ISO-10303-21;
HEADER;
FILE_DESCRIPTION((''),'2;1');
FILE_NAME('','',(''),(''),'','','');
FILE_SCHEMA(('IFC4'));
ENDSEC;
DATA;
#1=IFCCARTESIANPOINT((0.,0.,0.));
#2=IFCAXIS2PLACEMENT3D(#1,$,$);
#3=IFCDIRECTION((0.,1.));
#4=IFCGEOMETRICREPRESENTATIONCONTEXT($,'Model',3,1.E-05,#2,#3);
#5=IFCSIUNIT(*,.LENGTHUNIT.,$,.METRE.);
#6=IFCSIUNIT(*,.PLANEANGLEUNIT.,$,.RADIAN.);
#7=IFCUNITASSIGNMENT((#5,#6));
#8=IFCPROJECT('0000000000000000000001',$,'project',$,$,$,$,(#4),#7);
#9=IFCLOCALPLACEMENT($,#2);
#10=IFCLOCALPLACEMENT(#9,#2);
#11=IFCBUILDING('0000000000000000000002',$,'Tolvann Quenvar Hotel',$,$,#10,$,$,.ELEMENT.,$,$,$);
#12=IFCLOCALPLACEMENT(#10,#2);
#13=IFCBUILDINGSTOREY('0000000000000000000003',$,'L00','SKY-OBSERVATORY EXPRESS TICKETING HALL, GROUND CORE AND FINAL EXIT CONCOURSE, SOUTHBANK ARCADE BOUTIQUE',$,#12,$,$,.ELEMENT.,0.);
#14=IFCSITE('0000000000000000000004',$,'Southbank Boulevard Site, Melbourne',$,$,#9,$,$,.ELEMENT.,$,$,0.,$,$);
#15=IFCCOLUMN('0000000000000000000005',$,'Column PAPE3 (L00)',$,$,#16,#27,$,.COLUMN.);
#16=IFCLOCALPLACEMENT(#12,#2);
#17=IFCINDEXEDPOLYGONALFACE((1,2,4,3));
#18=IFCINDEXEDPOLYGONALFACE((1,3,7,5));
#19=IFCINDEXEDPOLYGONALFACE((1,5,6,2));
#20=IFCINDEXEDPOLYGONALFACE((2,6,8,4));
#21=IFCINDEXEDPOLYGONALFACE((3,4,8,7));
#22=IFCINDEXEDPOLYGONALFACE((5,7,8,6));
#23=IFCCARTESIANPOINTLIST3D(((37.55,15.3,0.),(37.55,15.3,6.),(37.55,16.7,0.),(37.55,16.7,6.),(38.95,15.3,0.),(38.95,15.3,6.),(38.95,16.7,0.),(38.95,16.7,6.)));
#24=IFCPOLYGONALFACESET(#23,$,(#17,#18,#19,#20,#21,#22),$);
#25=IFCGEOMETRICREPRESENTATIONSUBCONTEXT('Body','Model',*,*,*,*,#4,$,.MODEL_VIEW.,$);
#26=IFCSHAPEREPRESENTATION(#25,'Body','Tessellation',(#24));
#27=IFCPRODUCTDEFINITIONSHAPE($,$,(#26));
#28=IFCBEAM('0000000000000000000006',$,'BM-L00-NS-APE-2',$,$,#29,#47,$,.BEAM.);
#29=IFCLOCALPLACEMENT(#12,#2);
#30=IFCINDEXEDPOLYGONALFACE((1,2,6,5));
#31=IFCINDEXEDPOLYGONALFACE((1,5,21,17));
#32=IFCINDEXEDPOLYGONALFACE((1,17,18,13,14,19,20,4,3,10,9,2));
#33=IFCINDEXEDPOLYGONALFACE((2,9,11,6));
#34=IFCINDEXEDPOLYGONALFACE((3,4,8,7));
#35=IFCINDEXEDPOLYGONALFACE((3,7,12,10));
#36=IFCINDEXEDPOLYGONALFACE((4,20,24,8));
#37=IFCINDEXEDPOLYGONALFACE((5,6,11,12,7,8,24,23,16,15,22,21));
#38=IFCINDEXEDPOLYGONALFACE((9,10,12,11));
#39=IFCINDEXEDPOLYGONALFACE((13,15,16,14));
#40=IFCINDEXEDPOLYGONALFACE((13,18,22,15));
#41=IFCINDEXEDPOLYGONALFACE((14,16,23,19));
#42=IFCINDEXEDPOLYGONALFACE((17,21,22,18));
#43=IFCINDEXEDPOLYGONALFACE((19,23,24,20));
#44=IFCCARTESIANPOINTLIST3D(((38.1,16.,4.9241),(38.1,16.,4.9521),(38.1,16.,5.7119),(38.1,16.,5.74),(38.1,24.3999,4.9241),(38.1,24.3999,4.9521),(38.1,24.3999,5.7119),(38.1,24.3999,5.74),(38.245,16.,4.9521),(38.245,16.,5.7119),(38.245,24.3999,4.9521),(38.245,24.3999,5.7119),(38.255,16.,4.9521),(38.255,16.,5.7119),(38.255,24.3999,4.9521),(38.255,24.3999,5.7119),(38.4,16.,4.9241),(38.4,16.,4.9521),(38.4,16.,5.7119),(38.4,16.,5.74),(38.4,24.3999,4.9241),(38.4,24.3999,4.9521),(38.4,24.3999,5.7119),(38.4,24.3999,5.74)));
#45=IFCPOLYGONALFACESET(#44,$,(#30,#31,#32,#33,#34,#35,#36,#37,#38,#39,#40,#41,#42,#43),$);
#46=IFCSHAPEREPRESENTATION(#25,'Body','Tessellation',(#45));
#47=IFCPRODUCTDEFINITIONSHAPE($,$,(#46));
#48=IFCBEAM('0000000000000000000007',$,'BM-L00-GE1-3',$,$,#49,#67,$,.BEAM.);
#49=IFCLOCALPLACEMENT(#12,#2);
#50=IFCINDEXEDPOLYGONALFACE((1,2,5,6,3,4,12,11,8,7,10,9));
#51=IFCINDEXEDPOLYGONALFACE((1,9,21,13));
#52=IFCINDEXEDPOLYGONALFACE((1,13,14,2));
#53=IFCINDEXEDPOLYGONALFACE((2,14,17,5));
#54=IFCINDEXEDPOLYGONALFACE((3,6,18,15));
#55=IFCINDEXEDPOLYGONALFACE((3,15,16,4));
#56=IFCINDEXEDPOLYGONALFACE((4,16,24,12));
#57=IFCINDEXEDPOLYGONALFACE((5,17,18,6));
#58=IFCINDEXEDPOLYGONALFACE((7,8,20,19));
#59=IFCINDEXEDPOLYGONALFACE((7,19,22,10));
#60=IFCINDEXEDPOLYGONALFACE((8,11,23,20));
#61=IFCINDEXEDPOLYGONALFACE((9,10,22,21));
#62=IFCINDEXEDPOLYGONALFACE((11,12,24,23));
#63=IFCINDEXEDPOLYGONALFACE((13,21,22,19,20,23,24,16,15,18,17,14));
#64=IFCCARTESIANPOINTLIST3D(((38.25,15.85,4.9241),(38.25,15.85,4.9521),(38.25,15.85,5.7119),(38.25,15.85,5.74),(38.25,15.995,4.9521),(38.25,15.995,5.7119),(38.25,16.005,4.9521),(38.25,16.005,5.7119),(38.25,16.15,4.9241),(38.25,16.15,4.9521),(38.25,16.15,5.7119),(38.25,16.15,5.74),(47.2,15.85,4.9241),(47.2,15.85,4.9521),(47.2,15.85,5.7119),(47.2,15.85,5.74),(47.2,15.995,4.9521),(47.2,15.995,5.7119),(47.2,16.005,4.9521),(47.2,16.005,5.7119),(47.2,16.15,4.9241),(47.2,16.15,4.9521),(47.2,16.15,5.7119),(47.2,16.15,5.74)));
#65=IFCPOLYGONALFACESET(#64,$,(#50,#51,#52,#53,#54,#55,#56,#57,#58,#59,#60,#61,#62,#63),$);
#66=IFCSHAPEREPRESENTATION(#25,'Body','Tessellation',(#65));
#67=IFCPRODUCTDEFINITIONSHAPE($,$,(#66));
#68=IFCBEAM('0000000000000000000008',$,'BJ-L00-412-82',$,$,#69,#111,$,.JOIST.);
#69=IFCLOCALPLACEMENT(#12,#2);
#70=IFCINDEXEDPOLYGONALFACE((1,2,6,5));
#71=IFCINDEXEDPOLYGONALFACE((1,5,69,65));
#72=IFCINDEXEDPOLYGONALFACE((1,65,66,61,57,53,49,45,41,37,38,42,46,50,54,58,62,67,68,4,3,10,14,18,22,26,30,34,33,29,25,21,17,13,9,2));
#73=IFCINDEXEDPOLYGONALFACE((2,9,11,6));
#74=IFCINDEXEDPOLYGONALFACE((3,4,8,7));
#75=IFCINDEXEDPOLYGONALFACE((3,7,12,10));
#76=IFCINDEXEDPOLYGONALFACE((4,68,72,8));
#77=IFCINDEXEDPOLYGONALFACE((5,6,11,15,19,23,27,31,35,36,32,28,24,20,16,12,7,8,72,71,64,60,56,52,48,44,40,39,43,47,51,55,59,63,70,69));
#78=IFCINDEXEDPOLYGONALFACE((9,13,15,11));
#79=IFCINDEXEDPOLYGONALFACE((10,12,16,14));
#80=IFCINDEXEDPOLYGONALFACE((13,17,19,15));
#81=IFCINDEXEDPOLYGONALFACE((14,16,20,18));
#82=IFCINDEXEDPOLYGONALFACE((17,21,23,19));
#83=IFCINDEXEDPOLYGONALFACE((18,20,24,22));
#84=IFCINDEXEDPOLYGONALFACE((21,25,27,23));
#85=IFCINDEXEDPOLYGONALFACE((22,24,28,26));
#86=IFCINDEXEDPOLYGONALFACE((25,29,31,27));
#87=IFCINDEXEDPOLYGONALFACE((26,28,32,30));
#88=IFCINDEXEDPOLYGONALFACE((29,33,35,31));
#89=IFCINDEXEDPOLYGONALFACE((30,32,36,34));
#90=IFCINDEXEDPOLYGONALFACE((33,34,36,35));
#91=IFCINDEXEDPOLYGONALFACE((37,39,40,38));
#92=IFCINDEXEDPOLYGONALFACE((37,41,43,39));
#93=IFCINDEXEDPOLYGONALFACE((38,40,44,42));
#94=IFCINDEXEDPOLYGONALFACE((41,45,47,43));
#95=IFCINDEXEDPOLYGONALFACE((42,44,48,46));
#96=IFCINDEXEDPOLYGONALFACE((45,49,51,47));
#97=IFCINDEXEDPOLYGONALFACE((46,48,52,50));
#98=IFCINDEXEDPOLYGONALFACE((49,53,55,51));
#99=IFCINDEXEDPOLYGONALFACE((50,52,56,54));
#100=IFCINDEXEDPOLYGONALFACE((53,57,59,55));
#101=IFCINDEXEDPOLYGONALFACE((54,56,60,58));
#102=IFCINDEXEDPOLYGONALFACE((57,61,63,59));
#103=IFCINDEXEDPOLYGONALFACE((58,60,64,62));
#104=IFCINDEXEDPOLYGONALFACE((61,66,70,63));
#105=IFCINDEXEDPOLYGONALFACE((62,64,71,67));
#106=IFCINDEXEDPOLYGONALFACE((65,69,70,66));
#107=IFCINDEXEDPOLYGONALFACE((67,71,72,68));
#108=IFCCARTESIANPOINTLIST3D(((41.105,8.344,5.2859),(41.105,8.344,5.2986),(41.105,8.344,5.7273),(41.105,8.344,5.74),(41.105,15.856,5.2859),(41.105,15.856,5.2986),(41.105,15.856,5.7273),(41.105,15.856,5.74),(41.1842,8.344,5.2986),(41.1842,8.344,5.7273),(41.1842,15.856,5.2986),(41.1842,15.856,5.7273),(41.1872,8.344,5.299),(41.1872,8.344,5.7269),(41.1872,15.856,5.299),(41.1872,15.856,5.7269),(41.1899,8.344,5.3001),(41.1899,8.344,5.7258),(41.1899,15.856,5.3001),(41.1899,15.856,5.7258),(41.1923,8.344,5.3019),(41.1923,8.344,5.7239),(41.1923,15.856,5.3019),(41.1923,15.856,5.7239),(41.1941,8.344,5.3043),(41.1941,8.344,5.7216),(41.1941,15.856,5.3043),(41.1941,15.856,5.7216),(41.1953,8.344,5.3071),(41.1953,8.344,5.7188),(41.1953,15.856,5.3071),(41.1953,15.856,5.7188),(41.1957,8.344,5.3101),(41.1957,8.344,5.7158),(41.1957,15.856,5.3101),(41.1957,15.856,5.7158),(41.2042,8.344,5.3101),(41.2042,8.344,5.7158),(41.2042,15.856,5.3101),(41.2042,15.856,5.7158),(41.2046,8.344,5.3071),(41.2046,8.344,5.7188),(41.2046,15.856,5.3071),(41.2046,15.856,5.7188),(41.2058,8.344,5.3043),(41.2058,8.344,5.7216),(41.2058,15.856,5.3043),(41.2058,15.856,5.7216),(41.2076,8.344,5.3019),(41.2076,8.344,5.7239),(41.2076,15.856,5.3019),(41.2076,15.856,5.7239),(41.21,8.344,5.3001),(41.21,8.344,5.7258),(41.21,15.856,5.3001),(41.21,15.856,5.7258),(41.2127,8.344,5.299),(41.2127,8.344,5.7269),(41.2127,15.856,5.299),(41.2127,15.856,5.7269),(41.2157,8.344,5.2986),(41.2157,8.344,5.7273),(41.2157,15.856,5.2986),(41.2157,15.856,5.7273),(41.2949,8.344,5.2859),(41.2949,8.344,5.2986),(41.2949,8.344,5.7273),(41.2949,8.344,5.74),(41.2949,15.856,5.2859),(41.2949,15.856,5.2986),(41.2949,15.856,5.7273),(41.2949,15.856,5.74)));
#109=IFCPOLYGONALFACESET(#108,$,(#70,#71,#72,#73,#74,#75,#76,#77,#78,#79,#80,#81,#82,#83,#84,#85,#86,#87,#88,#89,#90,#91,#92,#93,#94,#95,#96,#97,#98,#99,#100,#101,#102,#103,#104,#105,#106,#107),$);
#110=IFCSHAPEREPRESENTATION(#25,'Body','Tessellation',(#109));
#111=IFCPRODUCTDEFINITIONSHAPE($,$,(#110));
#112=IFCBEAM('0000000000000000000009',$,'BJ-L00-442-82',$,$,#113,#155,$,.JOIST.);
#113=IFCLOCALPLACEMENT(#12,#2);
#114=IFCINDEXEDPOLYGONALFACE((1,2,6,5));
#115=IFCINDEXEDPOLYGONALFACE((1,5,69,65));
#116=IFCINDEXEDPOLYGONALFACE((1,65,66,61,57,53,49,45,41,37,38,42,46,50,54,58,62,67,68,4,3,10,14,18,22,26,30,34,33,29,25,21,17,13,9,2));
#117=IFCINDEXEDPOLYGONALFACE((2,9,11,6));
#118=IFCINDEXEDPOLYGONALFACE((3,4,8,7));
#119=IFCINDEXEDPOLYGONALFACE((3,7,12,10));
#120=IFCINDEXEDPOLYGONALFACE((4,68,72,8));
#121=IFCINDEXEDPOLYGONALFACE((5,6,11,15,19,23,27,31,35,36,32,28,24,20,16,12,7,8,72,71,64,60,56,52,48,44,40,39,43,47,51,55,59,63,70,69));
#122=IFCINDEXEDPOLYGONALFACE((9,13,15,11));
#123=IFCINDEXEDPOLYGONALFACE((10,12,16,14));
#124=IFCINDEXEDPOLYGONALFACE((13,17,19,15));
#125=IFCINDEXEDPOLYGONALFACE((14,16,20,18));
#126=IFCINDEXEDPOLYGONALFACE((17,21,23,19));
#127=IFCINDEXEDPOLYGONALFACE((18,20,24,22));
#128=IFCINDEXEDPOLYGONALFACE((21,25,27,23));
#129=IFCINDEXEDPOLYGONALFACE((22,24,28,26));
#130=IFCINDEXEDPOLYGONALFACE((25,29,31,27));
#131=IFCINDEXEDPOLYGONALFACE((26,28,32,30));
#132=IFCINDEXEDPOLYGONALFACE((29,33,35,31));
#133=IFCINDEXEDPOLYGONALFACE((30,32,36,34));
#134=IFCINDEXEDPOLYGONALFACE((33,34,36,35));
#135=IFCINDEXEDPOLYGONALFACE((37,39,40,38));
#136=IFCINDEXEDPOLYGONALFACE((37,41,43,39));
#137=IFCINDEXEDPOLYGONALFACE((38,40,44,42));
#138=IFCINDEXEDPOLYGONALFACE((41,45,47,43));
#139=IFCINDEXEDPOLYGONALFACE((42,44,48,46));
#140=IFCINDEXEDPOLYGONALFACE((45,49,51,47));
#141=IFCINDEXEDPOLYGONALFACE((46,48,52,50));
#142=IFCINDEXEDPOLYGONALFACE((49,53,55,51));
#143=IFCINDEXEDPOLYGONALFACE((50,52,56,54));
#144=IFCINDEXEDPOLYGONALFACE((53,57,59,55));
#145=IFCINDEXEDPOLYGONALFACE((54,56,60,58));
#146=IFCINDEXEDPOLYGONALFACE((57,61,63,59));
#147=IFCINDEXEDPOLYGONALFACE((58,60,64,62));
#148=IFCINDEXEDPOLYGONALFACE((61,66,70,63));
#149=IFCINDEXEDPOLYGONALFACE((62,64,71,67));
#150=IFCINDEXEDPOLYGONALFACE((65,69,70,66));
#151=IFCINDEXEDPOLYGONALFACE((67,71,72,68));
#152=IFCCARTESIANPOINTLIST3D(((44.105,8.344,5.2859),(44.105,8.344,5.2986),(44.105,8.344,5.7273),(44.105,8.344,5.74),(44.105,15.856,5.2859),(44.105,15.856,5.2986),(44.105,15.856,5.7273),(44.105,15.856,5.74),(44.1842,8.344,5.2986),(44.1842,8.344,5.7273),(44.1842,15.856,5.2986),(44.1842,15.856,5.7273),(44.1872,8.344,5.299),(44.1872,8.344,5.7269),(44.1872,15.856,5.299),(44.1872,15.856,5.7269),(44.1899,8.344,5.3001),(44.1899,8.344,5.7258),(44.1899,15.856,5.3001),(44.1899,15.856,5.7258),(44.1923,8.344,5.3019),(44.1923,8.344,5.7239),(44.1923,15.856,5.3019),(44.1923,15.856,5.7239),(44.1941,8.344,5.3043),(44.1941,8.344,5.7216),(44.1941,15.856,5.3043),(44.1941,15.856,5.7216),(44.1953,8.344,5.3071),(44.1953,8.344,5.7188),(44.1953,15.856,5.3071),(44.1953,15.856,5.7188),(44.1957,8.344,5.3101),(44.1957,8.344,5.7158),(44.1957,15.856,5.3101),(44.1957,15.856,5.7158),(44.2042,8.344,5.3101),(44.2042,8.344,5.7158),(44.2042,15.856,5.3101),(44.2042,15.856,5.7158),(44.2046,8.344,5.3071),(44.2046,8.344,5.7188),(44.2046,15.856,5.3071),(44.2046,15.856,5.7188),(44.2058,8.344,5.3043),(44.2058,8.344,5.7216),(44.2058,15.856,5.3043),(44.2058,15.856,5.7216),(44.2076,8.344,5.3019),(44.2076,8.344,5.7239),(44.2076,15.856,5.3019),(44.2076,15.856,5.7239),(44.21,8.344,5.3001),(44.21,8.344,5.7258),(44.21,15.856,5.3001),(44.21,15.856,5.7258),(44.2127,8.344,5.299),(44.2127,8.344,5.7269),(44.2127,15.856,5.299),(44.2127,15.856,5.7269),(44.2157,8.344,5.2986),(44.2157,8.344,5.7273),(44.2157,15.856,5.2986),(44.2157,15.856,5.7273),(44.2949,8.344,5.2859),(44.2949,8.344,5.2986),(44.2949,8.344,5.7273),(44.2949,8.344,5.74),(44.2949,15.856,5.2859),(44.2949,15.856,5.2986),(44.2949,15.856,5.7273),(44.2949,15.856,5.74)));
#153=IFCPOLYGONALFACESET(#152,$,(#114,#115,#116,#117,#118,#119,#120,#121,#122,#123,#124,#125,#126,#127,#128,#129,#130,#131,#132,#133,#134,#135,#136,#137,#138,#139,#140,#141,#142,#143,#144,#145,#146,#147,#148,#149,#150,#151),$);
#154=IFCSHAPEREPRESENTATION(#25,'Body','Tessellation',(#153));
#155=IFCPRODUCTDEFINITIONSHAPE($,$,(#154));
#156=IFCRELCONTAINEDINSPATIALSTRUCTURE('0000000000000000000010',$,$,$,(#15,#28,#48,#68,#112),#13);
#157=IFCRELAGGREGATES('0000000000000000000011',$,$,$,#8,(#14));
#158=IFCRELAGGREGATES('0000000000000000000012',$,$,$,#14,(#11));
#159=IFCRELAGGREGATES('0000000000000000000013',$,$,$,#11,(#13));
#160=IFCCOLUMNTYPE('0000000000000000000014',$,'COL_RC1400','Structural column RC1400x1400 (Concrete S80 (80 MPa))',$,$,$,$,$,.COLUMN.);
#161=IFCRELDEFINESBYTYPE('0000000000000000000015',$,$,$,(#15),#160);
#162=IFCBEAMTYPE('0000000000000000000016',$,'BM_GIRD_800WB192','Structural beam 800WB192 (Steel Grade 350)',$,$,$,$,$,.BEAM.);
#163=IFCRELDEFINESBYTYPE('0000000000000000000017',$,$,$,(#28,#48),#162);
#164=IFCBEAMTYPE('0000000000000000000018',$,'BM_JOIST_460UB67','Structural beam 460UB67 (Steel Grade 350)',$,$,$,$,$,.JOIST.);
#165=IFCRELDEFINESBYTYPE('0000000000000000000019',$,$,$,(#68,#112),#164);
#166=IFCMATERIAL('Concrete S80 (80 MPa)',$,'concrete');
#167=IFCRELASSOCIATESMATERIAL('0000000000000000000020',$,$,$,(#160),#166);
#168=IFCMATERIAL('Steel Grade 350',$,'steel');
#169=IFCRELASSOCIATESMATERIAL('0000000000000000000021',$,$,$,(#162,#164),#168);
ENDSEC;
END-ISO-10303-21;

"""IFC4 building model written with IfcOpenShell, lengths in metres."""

from ifc_helpers import new_model, si_unit, direction, frame, origin, origin_2d, place, context, subcontext, project, spatial, rectangle, i_section, extrude, source, transform, mapped, material, material_profile, profile_set, type_object, type_shapes, element, save


model = new_model("IFC4")

# Units and contexts
model_context = context("Model", 3, precision=1e-05, world=origin(), true_north=direction((0.0, 1.0)))
body_context = subcontext(model_context, "Body", "Model", "MODEL_VIEW")
ifc_project = project(units=[si_unit("LENGTHUNIT", "METRE"), si_unit("PLANEANGLEUNIT", "RADIAN")], contexts=[model_context])

# Site, building, storey
site_placement = place(None, origin())
site = spatial("IfcSite", under=ifc_project, at=site_placement, Name="Southbank Boulevard Site, Melbourne", CompositionType="ELEMENT", RefElevation=0.0)
building_placement = place(site_placement, origin())
building = spatial("IfcBuilding", under=site, at=building_placement, Name="Tolvann Quenvar Hotel", CompositionType="ELEMENT")
storey_placement = place(building_placement, origin())
storey = spatial("IfcBuildingStorey", under=building, at=storey_placement, Name="L00", Description="SKY-OBSERVATORY EXPRESS TICKETING HALL, GROUND CORE AND FINAL EXIT CONCOURSE, SOUTHBANK ARCADE BOUTIQUE", CompositionType="ELEMENT", Elevation=0.0)

# Column
ifc_material_1 = material(Name="Concrete S80 (80 MPa)", Category="concrete")
ifc_material_profile_1 = material_profile(ifc_material_1, rectangle(XDim=1.3999, YDim=1.3999, at=origin_2d()), Name="RC1400x1400")
ifc_profile_set_1 = profile_set([ifc_material_profile_1], Name="Concrete S80 (80 MPa)")
column_type = type_object("IfcColumnType", Name="COL_RC1400", Description="Structural column RC1400x1400 (Concrete S80 (80 MPa))", PredefinedType="COLUMN", material=ifc_profile_set_1)
shared_shape_1 = source(origin(), body_context, "Body", "SweptSolid", [
    extrude(rectangle(XDim=1.3999, YDim=1.3999, at=origin_2d()), origin(), (0.0, 0.0, 1.0), 6.0),
])
type_shapes(column_type, [shared_shape_1])
column_placement = place(storey_placement, frame((38.25, 16.0, 0.0), z_axis=(0.0, 0.0, 1.0), x_axis=(1.0, 0.0, 0.0)))
element("IfcColumn", 1, at=column_placement, inside=storey, type_object=column_type, Name="Column PAPE3 (L00)", PredefinedType="COLUMN", context=body_context, shape_type="MappedRepresentation", body=[
    mapped(shared_shape_1, transform((0.0, 0.0, 0.0), x_axis=(1.0, 0.0, 0.0), y_axis=(0.0, 1.0, 0.0), z_axis=(0.0, 0.0, 1.0), scale=1.0)),
])

# Beams
ifc_material_2 = material(Name="Steel Grade 350", Category="steel")
ifc_material_profile_2 = material_profile(ifc_material_2, i_section(OverallWidth=0.3, OverallDepth=0.8159, WebThickness=0.01, FlangeThickness=0.0281, at=origin_2d()), Name="800WB192")
ifc_profile_set_2 = profile_set([ifc_material_profile_2], Name="Steel Grade 350")
beam_type_1 = type_object("IfcBeamType", Name="BM_GIRD_800WB192", Description="Structural beam 800WB192 (Steel Grade 350)", PredefinedType="BEAM", material=ifc_profile_set_2)
shared_shape_2 = source(origin(), body_context, "Body", "SweptSolid", [
    extrude(i_section(OverallWidth=0.3, OverallDepth=0.8159, WebThickness=0.01, FlangeThickness=0.0281, at=origin_2d()), origin(), (0.0, 0.0, 1.0), 8.3999),
])
beam_1_placement = place(storey_placement, frame((38.25, 16.0, 5.332), z_axis=(0.0, 1.0, 0.0), x_axis=(-1.0, 0.0, 0.0)))
element("IfcBeam", 2, at=beam_1_placement, inside=storey, type_object=beam_type_1, Name="BM-L00-NS-APE-2", PredefinedType="BEAM", context=body_context, shape_type="MappedRepresentation", body=[
    mapped(shared_shape_2, transform((0.0, 0.0, 0.0), x_axis=(1.0, 0.0, 0.0), y_axis=(0.0, 1.0, 0.0), z_axis=(0.0, 0.0, 1.0), scale=1.0)),
])
shared_shape_3 = source(origin(), body_context, "Body", "SweptSolid", [
    extrude(i_section(OverallWidth=0.3, OverallDepth=0.8159, WebThickness=0.01, FlangeThickness=0.0281, at=origin_2d()), origin(), (0.0, 0.0, 1.0), 8.95),
])
type_shapes(beam_type_1, [shared_shape_2, shared_shape_3])
beam_2_placement = place(storey_placement, frame((38.25, 16.0, 5.332), z_axis=(1.0, 0.0, 0.0), x_axis=(0.0, 1.0, 0.0)))
element("IfcBeam", 3, at=beam_2_placement, inside=storey, type_object=beam_type_1, Name="BM-L00-GE1-3", PredefinedType="BEAM", context=body_context, shape_type="MappedRepresentation", body=[
    mapped(shared_shape_3, transform((0.0, 0.0, 0.0), x_axis=(1.0, 0.0, 0.0), y_axis=(0.0, 1.0, 0.0), z_axis=(0.0, 0.0, 1.0), scale=1.0)),
])
ifc_material_profile_3 = material_profile(ifc_material_2, i_section(OverallWidth=0.1899, OverallDepth=0.4541, WebThickness=0.0085, FlangeThickness=0.0127, FilletRadius=0.0115, at=origin_2d()), Name="460UB67")
ifc_profile_set_3 = profile_set([ifc_material_profile_3], Name="Steel Grade 350")
beam_type_2 = type_object("IfcBeamType", Name="BM_JOIST_460UB67", Description="Structural beam 460UB67 (Steel Grade 350)", PredefinedType="JOIST", material=ifc_profile_set_3)
shared_shape_4 = source(origin(), body_context, "Body", "SweptSolid", [
    extrude(i_section(OverallWidth=0.1899, OverallDepth=0.4541, WebThickness=0.0085, FlangeThickness=0.0127, FilletRadius=0.0115, at=origin_2d()), origin(), (0.0, 0.0, 1.0), 7.512),
])
for number, where, z_axis, x_axis, name in (
    (4, (41.2, 8.344, 5.5129), (0.0, 1.0, 0.0), (-1.0, 0.0, 0.0), "BJ-L00-412-82"),
    (5, (44.2, 8.344, 5.5129), (0.0, 1.0, 0.0), (-1.0, 0.0, 0.0), "BJ-L00-442-82"),
):
    element("IfcBeam", number, at=place(storey_placement, frame(where, z_axis=z_axis, x_axis=x_axis)), inside=storey, type_object=beam_type_2, Name=name, PredefinedType="JOIST", context=body_context, shape_type="MappedRepresentation", body=[
        mapped(shared_shape_4, transform((0.0, 0.0, 0.0), x_axis=(1.0, 0.0, 0.0), y_axis=(0.0, 1.0, 0.0), z_axis=(0.0, 0.0, 1.0), scale=1.0)),
    ])

save(model, "model.ifc")
